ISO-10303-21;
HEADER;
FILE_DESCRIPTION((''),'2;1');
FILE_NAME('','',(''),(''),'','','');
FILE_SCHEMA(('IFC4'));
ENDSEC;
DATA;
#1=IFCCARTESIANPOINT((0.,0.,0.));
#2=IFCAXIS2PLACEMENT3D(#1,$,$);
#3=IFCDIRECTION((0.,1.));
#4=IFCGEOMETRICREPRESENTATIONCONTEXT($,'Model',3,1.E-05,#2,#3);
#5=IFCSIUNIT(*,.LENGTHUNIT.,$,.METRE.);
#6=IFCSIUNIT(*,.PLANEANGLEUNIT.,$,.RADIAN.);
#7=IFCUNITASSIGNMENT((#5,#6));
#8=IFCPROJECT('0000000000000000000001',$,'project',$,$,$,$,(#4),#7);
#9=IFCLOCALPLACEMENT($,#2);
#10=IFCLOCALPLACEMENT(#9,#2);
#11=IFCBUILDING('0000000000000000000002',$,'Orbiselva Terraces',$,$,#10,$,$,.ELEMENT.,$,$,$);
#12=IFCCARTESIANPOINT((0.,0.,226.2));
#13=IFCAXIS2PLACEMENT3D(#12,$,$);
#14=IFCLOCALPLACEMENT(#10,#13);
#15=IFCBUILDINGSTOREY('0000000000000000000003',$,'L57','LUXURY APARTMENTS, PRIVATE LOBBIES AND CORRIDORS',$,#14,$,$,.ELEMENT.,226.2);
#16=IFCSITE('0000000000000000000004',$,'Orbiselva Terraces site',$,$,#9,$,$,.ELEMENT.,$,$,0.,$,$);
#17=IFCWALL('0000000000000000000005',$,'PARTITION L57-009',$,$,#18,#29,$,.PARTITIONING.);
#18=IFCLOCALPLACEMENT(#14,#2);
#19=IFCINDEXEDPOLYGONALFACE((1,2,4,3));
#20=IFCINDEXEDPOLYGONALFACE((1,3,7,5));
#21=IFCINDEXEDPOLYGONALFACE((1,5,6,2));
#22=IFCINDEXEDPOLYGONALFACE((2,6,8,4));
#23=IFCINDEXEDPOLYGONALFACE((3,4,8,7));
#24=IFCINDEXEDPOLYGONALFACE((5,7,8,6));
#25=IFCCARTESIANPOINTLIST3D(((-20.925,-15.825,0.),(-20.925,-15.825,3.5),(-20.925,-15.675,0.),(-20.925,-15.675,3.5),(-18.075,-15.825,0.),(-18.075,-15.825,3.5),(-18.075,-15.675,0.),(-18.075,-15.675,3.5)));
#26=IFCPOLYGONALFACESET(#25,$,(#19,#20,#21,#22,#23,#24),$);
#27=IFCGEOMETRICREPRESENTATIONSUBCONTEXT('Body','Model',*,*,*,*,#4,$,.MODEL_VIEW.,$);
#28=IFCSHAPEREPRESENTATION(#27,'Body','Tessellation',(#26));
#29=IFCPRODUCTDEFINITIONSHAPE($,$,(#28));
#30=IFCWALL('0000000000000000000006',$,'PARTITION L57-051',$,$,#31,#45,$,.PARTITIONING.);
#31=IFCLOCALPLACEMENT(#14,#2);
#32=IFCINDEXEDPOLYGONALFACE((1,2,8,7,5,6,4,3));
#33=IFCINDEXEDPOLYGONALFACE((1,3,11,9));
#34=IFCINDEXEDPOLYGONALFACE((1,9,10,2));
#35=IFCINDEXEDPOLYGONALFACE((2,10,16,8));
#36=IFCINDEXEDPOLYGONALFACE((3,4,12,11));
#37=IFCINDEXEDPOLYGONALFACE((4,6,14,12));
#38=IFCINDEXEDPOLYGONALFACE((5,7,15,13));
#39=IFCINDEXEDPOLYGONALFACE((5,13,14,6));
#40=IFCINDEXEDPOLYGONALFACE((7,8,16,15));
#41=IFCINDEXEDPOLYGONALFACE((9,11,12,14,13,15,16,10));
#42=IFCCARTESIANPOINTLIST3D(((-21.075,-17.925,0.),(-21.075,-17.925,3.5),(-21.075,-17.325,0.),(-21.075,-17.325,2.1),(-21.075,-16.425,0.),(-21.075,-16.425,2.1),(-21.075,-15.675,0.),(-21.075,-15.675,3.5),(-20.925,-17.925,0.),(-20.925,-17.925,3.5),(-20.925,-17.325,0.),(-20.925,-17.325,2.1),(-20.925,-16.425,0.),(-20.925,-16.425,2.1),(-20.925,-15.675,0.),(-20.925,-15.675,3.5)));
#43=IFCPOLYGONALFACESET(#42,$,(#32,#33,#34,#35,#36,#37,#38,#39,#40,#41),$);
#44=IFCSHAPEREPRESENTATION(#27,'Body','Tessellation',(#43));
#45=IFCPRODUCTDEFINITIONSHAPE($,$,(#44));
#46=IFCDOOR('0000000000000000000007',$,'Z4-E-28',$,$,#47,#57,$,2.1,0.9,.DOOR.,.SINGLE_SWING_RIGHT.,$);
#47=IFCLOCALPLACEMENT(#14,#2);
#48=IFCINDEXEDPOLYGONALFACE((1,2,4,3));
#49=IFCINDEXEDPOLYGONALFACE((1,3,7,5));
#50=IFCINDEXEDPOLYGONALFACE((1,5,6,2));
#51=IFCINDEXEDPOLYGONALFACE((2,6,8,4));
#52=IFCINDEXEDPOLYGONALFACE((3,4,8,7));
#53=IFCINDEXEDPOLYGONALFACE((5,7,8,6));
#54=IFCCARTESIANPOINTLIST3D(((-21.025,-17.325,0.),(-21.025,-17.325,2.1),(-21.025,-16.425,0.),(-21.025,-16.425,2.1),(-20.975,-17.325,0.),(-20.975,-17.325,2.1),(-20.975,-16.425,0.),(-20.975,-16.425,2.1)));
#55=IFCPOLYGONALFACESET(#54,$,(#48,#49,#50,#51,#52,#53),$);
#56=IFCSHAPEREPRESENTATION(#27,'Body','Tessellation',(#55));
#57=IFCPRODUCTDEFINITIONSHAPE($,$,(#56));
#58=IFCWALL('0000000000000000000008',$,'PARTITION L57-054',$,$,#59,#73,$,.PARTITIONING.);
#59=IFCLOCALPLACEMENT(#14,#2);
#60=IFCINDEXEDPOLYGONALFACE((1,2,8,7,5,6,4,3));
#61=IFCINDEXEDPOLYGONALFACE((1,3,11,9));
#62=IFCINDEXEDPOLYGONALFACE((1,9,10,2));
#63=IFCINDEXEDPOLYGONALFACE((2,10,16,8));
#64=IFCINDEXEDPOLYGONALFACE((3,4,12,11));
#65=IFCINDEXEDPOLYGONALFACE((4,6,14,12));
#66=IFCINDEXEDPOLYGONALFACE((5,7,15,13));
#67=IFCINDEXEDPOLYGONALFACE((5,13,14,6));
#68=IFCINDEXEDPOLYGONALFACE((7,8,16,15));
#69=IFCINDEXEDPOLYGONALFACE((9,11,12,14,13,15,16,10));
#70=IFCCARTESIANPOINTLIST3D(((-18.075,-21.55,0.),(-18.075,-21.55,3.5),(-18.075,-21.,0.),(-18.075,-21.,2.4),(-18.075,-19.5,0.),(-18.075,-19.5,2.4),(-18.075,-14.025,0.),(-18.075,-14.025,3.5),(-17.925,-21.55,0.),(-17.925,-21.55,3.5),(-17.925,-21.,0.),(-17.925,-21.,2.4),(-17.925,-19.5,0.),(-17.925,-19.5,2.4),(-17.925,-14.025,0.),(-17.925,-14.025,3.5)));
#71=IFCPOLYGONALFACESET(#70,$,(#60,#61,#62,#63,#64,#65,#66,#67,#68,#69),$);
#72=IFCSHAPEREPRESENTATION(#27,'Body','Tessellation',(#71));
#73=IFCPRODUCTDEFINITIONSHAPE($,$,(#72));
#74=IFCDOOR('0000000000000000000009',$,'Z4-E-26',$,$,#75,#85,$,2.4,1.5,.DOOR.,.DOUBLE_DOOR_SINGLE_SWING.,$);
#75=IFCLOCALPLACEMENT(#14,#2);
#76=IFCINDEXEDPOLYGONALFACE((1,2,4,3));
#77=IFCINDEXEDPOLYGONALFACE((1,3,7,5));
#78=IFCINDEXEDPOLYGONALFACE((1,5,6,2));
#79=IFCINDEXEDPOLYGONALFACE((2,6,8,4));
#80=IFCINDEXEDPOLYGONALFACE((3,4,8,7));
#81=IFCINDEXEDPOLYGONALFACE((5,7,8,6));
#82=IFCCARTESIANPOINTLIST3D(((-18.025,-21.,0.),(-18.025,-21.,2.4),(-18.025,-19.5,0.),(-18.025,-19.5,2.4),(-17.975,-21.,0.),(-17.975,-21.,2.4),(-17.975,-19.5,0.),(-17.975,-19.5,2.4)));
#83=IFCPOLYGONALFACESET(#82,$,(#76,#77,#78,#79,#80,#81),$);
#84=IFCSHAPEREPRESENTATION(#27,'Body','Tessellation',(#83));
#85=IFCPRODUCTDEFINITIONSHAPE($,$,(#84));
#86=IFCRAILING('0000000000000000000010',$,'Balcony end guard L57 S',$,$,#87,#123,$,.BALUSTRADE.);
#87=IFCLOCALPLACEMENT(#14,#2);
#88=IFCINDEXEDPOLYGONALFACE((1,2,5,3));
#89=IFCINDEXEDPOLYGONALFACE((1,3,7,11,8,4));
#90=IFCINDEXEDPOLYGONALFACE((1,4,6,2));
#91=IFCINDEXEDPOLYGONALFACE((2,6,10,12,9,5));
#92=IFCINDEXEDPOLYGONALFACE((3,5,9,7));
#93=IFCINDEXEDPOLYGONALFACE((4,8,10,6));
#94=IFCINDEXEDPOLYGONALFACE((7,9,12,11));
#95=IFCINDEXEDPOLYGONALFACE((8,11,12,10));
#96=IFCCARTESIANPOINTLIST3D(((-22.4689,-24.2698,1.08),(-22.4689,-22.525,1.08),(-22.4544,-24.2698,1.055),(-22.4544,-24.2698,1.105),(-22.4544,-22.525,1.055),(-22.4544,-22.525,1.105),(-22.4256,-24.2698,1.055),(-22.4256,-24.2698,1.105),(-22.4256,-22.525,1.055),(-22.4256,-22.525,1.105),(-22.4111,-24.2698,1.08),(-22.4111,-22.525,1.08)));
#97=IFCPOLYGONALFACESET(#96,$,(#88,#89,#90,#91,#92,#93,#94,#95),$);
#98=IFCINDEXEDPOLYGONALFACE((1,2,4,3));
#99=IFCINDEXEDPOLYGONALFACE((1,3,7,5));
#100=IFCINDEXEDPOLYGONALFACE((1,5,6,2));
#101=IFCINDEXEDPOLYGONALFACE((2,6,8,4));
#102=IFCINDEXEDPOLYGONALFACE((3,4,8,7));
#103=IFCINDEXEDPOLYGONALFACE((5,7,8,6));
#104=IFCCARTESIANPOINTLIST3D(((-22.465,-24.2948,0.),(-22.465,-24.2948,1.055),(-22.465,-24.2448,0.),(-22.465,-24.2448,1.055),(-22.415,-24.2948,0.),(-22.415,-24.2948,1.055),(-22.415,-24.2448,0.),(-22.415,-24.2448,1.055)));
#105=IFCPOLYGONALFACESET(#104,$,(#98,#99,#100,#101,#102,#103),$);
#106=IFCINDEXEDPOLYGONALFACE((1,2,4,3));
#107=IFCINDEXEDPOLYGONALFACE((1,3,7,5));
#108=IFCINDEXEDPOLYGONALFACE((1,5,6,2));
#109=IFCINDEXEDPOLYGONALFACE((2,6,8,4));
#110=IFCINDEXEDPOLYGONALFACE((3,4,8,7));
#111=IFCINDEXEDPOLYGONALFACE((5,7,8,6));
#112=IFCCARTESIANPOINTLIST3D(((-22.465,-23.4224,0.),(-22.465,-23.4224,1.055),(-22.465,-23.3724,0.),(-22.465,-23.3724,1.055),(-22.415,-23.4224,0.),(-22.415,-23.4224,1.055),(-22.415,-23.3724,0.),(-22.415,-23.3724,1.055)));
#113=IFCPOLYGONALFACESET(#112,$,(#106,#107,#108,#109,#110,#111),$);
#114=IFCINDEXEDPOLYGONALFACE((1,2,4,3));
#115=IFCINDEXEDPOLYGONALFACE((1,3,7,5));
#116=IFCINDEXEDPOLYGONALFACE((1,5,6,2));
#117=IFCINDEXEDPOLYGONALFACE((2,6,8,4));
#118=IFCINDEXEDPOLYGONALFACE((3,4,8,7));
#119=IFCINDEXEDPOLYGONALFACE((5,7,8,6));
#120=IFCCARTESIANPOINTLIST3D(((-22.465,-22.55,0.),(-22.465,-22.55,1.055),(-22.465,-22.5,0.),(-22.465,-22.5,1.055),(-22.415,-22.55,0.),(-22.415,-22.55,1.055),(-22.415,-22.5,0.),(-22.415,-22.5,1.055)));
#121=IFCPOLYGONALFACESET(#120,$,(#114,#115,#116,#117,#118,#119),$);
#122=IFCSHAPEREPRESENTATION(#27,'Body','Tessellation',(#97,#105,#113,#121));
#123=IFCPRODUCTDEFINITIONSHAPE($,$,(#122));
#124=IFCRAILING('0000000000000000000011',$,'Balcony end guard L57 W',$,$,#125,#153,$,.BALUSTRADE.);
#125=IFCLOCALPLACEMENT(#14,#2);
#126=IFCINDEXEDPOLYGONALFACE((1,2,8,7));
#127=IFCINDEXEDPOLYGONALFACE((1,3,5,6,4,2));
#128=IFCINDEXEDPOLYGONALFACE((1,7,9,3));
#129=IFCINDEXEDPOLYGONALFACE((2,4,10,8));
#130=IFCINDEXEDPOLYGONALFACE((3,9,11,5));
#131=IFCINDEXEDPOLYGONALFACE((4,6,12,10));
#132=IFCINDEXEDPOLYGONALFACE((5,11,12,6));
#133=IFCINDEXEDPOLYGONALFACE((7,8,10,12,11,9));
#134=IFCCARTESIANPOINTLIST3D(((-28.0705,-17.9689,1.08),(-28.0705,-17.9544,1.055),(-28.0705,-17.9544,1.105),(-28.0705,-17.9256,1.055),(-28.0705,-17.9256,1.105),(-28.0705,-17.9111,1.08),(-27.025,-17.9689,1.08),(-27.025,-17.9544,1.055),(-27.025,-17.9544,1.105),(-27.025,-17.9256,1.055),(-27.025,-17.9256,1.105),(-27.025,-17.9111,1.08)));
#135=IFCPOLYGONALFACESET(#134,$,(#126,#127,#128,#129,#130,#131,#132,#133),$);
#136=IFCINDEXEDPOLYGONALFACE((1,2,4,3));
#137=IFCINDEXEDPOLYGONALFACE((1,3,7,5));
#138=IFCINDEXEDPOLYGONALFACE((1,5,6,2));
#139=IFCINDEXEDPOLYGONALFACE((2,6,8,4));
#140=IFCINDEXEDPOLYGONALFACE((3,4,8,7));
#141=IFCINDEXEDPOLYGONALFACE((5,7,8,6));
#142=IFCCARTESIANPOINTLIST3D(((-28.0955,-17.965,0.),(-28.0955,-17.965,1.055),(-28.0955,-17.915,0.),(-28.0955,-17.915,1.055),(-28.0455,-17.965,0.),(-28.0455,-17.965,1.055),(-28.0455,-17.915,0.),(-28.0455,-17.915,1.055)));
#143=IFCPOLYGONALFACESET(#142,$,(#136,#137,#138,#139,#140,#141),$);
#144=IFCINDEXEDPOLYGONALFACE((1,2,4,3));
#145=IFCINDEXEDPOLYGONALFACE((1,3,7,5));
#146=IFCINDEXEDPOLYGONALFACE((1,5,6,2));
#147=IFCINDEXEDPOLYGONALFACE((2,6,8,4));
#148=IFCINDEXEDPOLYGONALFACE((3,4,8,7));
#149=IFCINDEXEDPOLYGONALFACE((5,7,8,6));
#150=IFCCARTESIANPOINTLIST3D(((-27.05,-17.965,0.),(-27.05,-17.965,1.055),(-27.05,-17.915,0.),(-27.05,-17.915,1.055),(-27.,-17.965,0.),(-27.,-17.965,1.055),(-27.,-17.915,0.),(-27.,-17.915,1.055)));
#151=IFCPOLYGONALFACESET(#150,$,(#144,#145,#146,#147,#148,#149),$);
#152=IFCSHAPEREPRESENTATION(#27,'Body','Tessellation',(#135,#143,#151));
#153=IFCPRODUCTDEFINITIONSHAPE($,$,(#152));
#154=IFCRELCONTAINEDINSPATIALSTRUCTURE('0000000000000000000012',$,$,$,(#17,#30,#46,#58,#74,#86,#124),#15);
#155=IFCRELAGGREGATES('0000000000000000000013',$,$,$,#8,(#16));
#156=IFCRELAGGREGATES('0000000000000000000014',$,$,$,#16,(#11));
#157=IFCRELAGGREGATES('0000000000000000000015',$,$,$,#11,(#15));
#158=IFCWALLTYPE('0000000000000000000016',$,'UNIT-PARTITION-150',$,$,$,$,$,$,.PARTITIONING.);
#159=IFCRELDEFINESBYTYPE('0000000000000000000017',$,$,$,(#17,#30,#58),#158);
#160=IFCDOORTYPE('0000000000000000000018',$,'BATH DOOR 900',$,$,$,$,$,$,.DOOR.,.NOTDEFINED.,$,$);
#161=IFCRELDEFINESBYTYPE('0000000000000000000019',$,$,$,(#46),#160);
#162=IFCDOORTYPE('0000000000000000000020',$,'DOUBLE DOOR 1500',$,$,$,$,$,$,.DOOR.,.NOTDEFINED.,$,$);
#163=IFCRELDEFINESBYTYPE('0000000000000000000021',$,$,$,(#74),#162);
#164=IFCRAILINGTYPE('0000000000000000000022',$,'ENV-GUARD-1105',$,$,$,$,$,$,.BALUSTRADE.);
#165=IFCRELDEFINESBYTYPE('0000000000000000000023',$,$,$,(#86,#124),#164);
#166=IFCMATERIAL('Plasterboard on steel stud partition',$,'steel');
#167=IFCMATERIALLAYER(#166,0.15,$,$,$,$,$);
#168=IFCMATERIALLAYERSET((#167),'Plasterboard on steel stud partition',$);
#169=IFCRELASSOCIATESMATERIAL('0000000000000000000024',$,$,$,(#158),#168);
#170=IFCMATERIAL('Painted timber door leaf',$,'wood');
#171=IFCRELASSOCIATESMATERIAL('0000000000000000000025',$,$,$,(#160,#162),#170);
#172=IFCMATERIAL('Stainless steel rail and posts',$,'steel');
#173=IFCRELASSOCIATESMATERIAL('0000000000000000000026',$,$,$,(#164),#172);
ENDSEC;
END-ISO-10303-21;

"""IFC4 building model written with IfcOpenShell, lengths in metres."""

from ifc_helpers import new_model, si_unit, direction, frame, frame_2d, origin, origin_2d, place, context, subcontext, project, spatial, polyline, rectangle, outline, extrude, material, layer, layer_set, type_object, element, fill, save


model = new_model("IFC4")

# Units and contexts
model_context = context("Model", 3, precision=1e-05, world=origin(), true_north=direction((0.0, 1.0)))
body_context = subcontext(model_context, "Body", "Model", "MODEL_VIEW")
ifc_project = project(units=[si_unit("LENGTHUNIT", "METRE"), si_unit("PLANEANGLEUNIT", "RADIAN")], contexts=[model_context])

# Site, building, storey
site_placement = place(None, origin())
site = spatial("IfcSite", under=ifc_project, at=site_placement, Name="Orbiselva Terraces site", CompositionType="ELEMENT", RefElevation=0.0)
building_placement = place(site_placement, origin())
building = spatial("IfcBuilding", under=site, at=building_placement, Name="Orbiselva Terraces", CompositionType="ELEMENT")
storey_placement = place(building_placement, frame((0.0, 0.0, 226.2)))
storey = spatial("IfcBuildingStorey", under=building, at=storey_placement, Name="L57", Description="LUXURY APARTMENTS, PRIVATE LOBBIES AND CORRIDORS", CompositionType="ELEMENT", Elevation=226.2)

# Wall
ifc_material_1 = material(Name="Plasterboard on steel stud partition", Category="steel")
ifc_layer_1 = layer(ifc_material_1, 0.15)
ifc_layer_set_1 = layer_set([ifc_layer_1], Name="Plasterboard on steel stud partition")
wall_type_1 = type_object("IfcWallType", Name="UNIT-PARTITION-150", PredefinedType="PARTITIONING", material=ifc_layer_set_1)
wall_1_placement = place(storey_placement, frame((-20.925, -15.75, 0.0), z_axis=(0.0, 0.0, 1.0), x_axis=(1.0, 0.0, 0.0)))
element("IfcWall", 1, at=wall_1_placement, inside=storey, type_object=wall_type_1, Name="PARTITION L57-009", PredefinedType="PARTITIONING", context=body_context, shape_type="SweptSolid", body=[
    extrude(rectangle(XDim=2.85, YDim=0.15, at=frame_2d((1.425, 0.0))), origin(), (0.0, 0.0, 1.0), 3.5),
])

# Walls, openings, doors
wall_2_placement = place(storey_placement, frame((-21.0, -15.675, 0.0), z_axis=(0.0, 0.0, 1.0), x_axis=(0.0, -1.0, 0.0)))
wall_2 = element("IfcWall", 2, at=wall_2_placement, inside=storey, type_object=wall_type_1, Name="PARTITION L57-051", PredefinedType="PARTITIONING", context=body_context, shape_type="SweptSolid", body=[
    extrude(rectangle(XDim=2.25, YDim=0.15, at=frame_2d((1.125, 0.0))), origin(), (0.0, 0.0, 1.0), 3.5),
])
opening_1_placement = place(wall_2_placement, frame((0.75, 0.0, 0.0)))
opening_1 = element("IfcOpeningElement", 3, at=opening_1_placement, cuts=wall_2, PredefinedType="OPENING", context=body_context, shape_type="SweptSolid", body=[
    extrude(rectangle(XDim=0.9, YDim=2.1, at=frame_2d((0.45, 1.05))), frame((0.0, 0.085, 0.0), z_axis=(0.0, -1.0, 0.0), x_axis=(1.0, 0.0, 0.0)), (0.0, 0.0, 1.0), 0.17),
])
ifc_material_2 = material(Name="Painted timber door leaf", Category="wood")
door_type_1 = type_object("IfcDoorType", Name="BATH DOOR 900", OperationType="NOTDEFINED", PredefinedType="DOOR", material=ifc_material_2)
door_1_placement = place(opening_1_placement, origin())
door_1 = element("IfcDoor", 4, at=door_1_placement, inside=storey, type_object=door_type_1, Name="Z4-E-28", OperationType="SINGLE_SWING_RIGHT", OverallHeight=2.1, OverallWidth=0.9, PredefinedType="DOOR", context=body_context, shape_type="SweptSolid", body=[
    extrude(rectangle(XDim=0.9, YDim=2.1, at=frame_2d((0.45, 1.05))), frame((0.0, 0.025, 0.0), z_axis=(0.0, -1.0, 0.0), x_axis=(1.0, 0.0, 0.0)), (0.0, 0.0, 1.0), 0.05),
])
fill(opening_1, door_1)
wall_3_placement = place(storey_placement, frame((-18.0, -21.55, 0.0), z_axis=(0.0, 0.0, 1.0), x_axis=(0.0, 1.0, 0.0)))
wall_3 = element("IfcWall", 5, at=wall_3_placement, inside=storey, type_object=wall_type_1, Name="PARTITION L57-054", PredefinedType="PARTITIONING", context=body_context, shape_type="SweptSolid", body=[
    extrude(rectangle(XDim=7.525, YDim=0.15, at=frame_2d((3.7625, 0.0))), origin(), (0.0, 0.0, 1.0), 3.5),
])
opening_2_placement = place(wall_3_placement, frame((0.55, 0.0, 0.0)))
opening_2 = element("IfcOpeningElement", 6, at=opening_2_placement, cuts=wall_3, PredefinedType="OPENING", context=body_context, shape_type="SweptSolid", body=[
    extrude(rectangle(XDim=1.5, YDim=2.4, at=frame_2d((0.75, 1.2))), frame((0.0, 0.085, 0.0), z_axis=(0.0, -1.0, 0.0), x_axis=(1.0, 0.0, 0.0)), (0.0, 0.0, 1.0), 0.17),
])
door_type_2 = type_object("IfcDoorType", Name="DOUBLE DOOR 1500", OperationType="NOTDEFINED", PredefinedType="DOOR", material=ifc_material_2)
door_2_placement = place(opening_2_placement, origin())
door_2 = element("IfcDoor", 7, at=door_2_placement, inside=storey, type_object=door_type_2, Name="Z4-E-26", OperationType="DOUBLE_DOOR_SINGLE_SWING", OverallHeight=2.4, OverallWidth=1.5, PredefinedType="DOOR", context=body_context, shape_type="SweptSolid", body=[
    extrude(rectangle(XDim=1.5, YDim=2.4, at=frame_2d((0.75, 1.2))), frame((0.0, 0.025, 0.0), z_axis=(0.0, -1.0, 0.0), x_axis=(1.0, 0.0, 0.0)), (0.0, 0.0, 1.0), 0.05),
])
fill(opening_2, door_2)

# Railings
ifc_material_3 = material(Name="Stainless steel rail and posts", Category="steel")
railing_type_1 = type_object("IfcRailingType", Name="ENV-GUARD-1105", PredefinedType="BALUSTRADE", material=ifc_material_3)
railing_1_placement = place(storey_placement, frame((-22.44, -24.2698, 0.0)))
element("IfcRailing", 8, at=railing_1_placement, inside=storey, type_object=railing_type_1, Name="Balcony end guard L57 S", PredefinedType="BALUSTRADE", context=body_context, shape_type="SweptSolid", body=[
    extrude(outline(polyline([(0.0289, 0.0), (0.0144, 0.025), (-0.0144, 0.025), (-0.0289, 0.0), (-0.0144, -0.025), (0.0144, -0.025), (0.0289, 0.0)])), frame((0.0, 0.0, 1.08), z_axis=(0.0, 1.0, 0.0), x_axis=(-1.0, 0.0, 0.0)), (0.0, 0.0, 1.0), 1.7448),
    extrude(rectangle(XDim=0.05, YDim=0.05, at=origin_2d()), origin(), (0.0, 0.0, 1.0), 1.055),
    extrude(rectangle(XDim=0.05, YDim=0.05, at=origin_2d()), frame((0.0, 0.8724, 0.0)), (0.0, 0.0, 1.0), 1.055),
    extrude(rectangle(XDim=0.05, YDim=0.05, at=origin_2d()), frame((0.0, 1.7448, 0.0)), (0.0, 0.0, 1.0), 1.055),
])
railing_2_placement = place(storey_placement, frame((-28.0705, -17.94, 0.0)))
element("IfcRailing", 9, at=railing_2_placement, inside=storey, type_object=railing_type_1, Name="Balcony end guard L57 W", PredefinedType="BALUSTRADE", context=body_context, shape_type="SweptSolid", body=[
    extrude(outline(polyline([(0.0289, 0.0), (0.0144, 0.025), (-0.0144, 0.025), (-0.0289, 0.0), (-0.0144, -0.025), (0.0144, -0.025), (0.0289, 0.0)])), frame((0.0, 0.0, 1.08), z_axis=(1.0, 0.0, 0.0), x_axis=(0.0, 1.0, 0.0)), (0.0, 0.0, 1.0), 1.0455),
    extrude(rectangle(XDim=0.05, YDim=0.05, at=origin_2d()), origin(), (0.0, 0.0, 1.0), 1.055),
    extrude(rectangle(XDim=0.05, YDim=0.05, at=origin_2d()), frame((1.0455, 0.0, 0.0)), (0.0, 0.0, 1.0), 1.055),
])

save(model, "model.ifc")
